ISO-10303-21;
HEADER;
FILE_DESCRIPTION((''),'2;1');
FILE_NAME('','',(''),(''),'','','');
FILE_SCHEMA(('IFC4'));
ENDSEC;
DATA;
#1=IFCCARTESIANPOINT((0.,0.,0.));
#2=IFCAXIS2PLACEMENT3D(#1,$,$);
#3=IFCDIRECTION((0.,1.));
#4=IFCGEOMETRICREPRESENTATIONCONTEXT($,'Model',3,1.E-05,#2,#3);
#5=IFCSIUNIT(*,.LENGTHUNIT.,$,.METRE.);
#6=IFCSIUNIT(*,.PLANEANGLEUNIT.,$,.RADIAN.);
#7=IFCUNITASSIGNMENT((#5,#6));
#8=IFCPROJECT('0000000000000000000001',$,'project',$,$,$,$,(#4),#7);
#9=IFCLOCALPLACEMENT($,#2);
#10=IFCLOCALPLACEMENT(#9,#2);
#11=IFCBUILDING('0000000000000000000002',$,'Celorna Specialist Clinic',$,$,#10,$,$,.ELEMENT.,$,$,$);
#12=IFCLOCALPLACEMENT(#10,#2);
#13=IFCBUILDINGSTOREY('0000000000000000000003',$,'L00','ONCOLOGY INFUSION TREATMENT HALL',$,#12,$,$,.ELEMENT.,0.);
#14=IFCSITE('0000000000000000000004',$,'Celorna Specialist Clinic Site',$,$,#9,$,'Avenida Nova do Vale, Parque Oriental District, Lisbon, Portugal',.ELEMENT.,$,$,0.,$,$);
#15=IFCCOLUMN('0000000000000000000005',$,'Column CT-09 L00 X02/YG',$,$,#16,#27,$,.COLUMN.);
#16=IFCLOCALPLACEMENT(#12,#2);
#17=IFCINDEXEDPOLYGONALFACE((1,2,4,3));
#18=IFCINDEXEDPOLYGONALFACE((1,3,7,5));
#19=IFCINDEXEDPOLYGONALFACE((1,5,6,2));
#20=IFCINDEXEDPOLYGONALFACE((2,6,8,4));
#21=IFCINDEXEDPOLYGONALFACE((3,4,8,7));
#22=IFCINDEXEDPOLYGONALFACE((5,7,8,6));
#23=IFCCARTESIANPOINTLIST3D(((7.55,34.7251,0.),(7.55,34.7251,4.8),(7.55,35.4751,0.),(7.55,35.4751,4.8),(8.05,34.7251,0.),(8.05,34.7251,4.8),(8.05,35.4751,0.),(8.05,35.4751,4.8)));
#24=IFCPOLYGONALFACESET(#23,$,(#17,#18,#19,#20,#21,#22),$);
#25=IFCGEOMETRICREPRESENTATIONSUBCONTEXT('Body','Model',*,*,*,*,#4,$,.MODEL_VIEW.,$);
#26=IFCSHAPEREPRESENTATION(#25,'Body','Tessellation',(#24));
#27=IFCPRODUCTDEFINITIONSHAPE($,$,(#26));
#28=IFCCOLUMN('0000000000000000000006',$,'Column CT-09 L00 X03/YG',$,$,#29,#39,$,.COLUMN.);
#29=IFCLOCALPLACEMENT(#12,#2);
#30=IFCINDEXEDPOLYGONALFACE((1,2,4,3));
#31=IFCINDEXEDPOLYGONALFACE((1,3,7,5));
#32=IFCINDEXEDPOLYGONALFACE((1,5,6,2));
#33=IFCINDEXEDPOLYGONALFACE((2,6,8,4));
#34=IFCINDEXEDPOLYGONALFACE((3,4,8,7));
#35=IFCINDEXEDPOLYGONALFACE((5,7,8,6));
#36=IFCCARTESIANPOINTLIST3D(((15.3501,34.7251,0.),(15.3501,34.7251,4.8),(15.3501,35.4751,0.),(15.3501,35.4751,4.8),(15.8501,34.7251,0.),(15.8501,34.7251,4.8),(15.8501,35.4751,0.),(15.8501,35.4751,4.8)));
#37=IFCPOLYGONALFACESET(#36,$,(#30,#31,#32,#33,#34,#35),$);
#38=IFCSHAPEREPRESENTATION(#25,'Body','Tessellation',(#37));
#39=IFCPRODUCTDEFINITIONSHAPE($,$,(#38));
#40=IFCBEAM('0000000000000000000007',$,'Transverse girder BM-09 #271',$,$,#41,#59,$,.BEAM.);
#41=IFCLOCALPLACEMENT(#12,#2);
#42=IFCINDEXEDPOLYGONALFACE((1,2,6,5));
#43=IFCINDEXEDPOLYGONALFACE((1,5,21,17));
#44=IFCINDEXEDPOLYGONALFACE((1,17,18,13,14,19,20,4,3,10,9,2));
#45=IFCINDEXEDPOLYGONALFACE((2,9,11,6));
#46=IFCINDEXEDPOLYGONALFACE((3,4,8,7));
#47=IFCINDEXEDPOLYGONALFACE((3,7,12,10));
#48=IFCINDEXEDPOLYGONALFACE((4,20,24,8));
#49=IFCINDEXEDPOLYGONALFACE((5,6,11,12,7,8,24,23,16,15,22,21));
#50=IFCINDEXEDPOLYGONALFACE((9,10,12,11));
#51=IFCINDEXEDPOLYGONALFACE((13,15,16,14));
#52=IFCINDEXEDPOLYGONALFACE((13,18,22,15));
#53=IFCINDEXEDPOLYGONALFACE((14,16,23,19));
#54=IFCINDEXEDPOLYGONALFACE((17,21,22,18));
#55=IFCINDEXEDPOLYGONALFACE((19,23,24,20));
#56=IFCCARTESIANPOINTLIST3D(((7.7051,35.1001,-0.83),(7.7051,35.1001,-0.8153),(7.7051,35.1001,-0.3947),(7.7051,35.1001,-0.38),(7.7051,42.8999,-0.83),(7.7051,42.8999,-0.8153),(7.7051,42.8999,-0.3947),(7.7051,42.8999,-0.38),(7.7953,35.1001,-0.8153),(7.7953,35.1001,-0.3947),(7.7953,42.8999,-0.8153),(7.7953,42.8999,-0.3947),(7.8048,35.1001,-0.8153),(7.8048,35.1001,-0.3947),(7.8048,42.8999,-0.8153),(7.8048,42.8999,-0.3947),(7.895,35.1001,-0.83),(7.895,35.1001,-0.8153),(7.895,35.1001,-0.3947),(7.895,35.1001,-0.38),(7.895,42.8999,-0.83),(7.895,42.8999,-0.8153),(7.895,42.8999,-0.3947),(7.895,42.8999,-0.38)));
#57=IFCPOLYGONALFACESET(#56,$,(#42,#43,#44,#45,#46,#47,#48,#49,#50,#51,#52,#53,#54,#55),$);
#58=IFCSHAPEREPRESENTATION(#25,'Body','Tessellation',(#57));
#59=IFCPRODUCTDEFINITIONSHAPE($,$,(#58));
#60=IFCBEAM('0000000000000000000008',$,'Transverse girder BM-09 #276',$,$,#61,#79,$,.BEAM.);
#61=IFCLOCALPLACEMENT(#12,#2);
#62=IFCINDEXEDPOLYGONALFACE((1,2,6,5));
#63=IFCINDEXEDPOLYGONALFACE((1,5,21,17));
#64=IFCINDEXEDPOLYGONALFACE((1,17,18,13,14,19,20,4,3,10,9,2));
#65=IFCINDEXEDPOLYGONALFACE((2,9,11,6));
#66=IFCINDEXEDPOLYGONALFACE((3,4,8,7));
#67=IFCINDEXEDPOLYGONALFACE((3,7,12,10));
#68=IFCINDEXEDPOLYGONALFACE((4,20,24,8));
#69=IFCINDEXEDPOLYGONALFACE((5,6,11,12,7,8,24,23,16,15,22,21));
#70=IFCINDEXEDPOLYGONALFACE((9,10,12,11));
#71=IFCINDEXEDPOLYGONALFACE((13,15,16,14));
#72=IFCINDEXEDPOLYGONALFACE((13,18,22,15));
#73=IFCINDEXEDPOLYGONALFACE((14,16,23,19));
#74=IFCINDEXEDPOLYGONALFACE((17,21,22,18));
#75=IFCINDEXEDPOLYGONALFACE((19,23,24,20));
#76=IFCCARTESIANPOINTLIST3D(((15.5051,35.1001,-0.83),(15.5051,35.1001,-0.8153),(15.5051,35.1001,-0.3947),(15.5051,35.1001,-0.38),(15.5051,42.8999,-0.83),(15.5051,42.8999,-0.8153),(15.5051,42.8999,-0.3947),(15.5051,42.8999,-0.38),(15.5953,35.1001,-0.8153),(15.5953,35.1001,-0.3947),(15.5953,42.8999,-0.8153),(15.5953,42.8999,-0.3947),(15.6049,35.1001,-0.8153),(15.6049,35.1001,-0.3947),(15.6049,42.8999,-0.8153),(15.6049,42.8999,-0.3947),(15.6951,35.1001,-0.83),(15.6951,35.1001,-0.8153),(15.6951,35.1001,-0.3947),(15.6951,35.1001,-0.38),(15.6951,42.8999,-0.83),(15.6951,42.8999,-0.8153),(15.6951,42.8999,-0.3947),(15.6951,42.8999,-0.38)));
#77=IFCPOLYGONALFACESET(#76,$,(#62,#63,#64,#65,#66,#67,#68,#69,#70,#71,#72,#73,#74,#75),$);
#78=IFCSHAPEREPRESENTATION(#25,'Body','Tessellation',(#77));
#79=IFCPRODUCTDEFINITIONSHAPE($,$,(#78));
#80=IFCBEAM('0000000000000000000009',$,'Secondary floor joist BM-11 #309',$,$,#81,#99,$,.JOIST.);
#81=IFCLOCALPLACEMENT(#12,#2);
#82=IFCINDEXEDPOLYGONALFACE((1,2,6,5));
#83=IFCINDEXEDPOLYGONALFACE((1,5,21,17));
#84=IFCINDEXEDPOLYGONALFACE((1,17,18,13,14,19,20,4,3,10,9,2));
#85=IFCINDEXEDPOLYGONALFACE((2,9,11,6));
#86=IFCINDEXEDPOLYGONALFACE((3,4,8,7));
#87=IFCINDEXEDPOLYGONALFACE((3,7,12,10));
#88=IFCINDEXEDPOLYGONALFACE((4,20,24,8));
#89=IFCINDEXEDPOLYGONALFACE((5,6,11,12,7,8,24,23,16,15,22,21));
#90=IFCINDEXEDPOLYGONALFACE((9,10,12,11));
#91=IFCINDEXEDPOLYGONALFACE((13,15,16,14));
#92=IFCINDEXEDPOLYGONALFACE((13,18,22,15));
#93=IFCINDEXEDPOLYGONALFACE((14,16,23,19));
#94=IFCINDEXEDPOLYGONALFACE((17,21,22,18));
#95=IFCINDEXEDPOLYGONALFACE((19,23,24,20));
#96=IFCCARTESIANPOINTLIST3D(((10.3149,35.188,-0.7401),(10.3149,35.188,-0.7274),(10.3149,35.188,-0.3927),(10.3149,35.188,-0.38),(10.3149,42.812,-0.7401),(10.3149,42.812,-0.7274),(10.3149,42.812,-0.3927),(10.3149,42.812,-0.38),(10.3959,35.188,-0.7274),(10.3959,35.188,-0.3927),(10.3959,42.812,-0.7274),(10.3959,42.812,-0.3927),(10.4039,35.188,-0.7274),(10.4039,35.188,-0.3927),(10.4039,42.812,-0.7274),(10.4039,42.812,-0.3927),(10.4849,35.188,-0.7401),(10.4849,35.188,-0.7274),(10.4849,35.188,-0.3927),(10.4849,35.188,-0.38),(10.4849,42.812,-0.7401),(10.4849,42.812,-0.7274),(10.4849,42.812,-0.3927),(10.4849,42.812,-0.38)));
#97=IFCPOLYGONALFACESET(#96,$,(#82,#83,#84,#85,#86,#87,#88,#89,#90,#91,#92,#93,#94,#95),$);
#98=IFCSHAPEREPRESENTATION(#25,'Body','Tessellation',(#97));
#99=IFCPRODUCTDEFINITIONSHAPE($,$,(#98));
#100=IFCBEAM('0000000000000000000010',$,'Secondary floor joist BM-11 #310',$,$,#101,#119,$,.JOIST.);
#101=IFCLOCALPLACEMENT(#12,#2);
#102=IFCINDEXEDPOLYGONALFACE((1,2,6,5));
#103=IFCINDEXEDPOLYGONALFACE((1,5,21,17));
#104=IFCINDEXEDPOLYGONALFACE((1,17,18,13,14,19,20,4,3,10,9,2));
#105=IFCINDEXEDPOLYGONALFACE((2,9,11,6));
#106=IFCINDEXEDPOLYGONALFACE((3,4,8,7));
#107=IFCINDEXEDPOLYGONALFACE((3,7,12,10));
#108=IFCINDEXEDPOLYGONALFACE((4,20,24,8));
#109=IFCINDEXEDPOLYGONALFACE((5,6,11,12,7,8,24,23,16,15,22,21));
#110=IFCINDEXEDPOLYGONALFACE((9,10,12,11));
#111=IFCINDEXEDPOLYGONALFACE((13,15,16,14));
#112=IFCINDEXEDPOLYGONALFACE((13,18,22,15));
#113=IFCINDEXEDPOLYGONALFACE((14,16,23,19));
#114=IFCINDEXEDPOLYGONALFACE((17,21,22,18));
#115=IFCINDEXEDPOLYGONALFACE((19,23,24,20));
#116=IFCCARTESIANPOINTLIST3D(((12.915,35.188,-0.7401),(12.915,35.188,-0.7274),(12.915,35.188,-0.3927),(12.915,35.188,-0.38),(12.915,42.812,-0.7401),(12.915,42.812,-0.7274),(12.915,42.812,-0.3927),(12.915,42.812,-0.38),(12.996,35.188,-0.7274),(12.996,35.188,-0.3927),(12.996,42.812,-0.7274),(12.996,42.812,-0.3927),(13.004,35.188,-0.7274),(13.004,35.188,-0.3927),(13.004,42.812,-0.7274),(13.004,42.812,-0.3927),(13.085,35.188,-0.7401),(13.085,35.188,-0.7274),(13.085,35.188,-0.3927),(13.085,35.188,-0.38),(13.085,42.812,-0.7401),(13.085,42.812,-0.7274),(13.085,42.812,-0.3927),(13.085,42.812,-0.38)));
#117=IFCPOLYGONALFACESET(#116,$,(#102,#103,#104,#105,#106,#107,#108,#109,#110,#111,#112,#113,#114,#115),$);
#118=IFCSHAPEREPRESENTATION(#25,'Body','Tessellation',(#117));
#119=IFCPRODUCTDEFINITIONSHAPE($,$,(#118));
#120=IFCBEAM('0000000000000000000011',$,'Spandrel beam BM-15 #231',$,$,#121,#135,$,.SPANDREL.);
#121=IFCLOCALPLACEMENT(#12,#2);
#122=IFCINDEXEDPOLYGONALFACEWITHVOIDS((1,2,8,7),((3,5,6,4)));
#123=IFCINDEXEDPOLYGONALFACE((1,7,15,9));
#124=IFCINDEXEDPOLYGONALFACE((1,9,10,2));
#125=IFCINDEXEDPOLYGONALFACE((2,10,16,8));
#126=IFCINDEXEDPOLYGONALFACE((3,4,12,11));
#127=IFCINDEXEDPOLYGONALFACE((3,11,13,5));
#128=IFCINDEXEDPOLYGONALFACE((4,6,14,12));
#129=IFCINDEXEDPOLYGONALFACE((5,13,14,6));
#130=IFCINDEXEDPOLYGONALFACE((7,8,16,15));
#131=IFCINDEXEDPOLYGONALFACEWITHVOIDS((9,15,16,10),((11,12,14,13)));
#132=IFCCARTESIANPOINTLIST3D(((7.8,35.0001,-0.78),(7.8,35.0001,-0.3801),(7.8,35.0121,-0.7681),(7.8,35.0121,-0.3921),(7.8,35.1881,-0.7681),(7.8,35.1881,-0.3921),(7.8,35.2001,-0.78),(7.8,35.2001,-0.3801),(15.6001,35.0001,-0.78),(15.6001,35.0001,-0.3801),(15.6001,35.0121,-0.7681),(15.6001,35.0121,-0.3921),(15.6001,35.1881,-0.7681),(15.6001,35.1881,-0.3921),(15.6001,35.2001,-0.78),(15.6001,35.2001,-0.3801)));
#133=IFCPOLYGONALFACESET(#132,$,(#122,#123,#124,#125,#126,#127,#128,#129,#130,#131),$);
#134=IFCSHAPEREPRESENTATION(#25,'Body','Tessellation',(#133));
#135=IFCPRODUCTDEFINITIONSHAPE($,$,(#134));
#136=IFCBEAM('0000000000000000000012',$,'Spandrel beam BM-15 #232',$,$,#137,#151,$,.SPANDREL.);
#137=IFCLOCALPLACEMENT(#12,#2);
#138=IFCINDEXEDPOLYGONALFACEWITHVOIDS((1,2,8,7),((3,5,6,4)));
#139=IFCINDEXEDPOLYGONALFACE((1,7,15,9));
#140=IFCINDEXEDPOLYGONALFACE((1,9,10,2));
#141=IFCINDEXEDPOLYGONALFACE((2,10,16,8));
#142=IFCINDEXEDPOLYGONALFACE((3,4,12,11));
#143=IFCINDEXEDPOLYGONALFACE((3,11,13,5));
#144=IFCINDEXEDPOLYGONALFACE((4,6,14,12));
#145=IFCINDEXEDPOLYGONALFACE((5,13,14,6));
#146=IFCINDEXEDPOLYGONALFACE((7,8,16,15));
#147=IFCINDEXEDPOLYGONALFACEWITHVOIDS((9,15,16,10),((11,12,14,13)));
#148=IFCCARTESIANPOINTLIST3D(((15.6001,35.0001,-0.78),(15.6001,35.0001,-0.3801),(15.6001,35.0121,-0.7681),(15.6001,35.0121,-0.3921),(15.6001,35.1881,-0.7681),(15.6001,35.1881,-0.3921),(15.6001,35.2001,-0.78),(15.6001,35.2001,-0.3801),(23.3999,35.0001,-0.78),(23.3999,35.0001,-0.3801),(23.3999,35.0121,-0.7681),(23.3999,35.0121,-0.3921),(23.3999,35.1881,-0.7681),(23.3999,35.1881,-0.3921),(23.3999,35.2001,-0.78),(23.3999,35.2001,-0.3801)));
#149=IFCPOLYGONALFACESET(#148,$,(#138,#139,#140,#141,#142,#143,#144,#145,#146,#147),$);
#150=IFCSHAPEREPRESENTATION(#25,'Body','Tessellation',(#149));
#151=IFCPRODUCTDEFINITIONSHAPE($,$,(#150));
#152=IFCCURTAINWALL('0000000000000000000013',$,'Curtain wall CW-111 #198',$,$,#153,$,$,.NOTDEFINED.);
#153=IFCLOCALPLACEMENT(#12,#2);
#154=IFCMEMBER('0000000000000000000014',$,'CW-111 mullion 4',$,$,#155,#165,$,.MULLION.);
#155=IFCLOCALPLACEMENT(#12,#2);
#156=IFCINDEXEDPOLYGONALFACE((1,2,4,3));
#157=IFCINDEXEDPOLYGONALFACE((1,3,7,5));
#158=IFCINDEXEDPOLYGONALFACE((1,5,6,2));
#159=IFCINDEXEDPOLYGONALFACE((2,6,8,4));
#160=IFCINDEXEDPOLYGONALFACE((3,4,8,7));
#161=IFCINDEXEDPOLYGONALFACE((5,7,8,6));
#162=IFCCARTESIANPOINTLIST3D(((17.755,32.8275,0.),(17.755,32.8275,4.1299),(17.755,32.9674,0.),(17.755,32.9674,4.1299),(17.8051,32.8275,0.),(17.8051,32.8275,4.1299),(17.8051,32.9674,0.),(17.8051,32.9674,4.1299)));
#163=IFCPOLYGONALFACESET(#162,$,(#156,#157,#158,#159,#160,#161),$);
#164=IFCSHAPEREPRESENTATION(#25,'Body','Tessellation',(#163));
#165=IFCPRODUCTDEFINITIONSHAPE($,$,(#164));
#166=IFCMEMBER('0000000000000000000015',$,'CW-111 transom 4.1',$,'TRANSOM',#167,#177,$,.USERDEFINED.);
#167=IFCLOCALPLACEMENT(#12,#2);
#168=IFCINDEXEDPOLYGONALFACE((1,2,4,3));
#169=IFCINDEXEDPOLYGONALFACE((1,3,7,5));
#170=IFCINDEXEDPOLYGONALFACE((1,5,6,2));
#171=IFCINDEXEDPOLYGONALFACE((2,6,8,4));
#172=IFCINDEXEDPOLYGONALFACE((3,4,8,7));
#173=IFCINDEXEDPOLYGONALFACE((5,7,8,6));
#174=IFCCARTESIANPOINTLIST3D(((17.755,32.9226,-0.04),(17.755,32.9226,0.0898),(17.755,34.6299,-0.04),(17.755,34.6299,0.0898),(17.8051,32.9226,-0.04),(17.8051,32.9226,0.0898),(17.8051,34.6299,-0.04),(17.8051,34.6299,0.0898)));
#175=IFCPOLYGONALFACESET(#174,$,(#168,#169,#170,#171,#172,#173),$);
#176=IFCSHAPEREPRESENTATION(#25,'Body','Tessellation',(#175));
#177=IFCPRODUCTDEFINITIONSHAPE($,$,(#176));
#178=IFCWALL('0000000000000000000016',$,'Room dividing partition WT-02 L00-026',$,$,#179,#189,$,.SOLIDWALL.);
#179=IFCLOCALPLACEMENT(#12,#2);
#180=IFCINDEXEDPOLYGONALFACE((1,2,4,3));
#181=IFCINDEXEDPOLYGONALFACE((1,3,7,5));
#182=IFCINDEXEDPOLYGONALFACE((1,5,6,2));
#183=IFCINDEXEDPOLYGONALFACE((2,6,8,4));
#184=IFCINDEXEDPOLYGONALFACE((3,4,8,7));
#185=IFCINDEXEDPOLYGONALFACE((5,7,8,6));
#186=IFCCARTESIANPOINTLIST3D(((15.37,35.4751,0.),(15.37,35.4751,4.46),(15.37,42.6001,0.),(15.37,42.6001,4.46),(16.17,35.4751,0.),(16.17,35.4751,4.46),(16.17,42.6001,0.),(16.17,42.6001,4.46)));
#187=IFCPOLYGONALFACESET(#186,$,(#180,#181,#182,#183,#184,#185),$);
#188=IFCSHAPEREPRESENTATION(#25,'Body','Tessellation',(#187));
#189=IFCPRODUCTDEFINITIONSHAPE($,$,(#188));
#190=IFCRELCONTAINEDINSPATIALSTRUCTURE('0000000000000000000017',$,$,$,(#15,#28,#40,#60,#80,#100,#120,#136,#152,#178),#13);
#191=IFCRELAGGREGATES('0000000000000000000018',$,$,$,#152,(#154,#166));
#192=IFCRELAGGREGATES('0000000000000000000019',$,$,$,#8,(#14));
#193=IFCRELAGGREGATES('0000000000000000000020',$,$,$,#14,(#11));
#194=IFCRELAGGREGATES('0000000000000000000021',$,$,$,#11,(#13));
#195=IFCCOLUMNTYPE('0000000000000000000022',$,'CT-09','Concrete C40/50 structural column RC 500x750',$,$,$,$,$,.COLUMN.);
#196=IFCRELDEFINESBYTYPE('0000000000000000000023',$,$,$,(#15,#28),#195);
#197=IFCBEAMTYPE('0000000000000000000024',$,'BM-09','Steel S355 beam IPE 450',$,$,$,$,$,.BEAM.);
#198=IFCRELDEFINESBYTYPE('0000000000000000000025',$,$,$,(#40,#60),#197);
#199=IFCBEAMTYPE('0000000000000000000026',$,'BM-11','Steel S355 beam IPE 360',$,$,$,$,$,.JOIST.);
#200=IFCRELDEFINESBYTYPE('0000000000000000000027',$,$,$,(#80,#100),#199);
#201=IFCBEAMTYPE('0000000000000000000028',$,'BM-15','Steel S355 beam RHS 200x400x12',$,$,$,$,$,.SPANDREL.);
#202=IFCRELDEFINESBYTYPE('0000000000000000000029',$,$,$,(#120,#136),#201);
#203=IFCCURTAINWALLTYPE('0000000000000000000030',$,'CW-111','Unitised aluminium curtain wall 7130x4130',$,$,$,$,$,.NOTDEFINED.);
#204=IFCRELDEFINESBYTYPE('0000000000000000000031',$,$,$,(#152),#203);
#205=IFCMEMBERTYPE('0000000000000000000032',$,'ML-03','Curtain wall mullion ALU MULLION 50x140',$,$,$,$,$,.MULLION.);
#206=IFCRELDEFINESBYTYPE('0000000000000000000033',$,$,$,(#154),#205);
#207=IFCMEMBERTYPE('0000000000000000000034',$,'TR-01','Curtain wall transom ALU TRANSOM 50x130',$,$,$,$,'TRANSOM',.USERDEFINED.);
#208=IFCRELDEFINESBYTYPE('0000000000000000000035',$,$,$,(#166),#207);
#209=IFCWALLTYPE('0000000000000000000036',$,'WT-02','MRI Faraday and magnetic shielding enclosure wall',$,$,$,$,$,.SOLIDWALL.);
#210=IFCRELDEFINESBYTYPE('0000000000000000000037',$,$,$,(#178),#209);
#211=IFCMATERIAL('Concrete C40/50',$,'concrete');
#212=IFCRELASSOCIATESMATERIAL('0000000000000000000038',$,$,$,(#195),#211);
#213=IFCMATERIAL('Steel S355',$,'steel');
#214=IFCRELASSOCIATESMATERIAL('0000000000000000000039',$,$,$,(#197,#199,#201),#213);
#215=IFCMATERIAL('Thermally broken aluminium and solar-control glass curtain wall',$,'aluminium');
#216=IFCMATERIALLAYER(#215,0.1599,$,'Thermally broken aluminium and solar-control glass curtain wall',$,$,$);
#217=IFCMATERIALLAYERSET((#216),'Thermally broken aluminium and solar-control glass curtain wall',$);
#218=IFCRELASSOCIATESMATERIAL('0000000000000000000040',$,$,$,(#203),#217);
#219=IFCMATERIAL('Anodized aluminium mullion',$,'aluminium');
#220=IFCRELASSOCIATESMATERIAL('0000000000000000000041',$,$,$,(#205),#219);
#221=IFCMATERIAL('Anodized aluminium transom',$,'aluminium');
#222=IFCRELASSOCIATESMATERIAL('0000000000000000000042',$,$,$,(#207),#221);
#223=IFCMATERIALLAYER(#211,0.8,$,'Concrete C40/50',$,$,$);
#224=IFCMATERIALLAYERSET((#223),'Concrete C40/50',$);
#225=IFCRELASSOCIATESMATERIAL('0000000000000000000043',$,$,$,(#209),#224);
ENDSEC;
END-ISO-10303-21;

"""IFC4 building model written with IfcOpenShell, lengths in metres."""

from ifc_helpers import new_model, si_unit, direction, frame, frame_2d, origin, origin_2d, place, context, subcontext, project, spatial, rectangle, hollow_rectangle, i_section, extrude, material, layer, layer_set, material_profile, profile_set, type_object, element, aggregate, save


model = new_model("IFC4")

# Units and contexts
model_context = context("Model", 3, precision=1e-05, world=origin(), true_north=direction((0.0, 1.0)))
body_context = subcontext(model_context, "Body", "Model", "MODEL_VIEW")
ifc_project = project(units=[si_unit("LENGTHUNIT", "METRE"), si_unit("PLANEANGLEUNIT", "RADIAN")], contexts=[model_context])

# Site, building, storey
site_placement = place(None, origin())
site = spatial("IfcSite", under=ifc_project, at=site_placement, Name="Celorna Specialist Clinic Site", LongName="Avenida Nova do Vale, Parque Oriental District, Lisbon, Portugal", CompositionType="ELEMENT", RefElevation=0.0)
building_placement = place(site_placement, origin())
building = spatial("IfcBuilding", under=site, at=building_placement, Name="Celorna Specialist Clinic", CompositionType="ELEMENT")
storey_placement = place(building_placement, origin())
storey = spatial("IfcBuildingStorey", under=building, at=storey_placement, Name="L00", Description="ONCOLOGY INFUSION TREATMENT HALL", CompositionType="ELEMENT", Elevation=0.0)

# Columns
ifc_material_1 = material(Name="Concrete C40/50", Category="concrete")
ifc_material_profile_1 = material_profile(ifc_material_1, rectangle(XDim=0.5, YDim=0.75, at=origin_2d()), Name="RC 500x750")
ifc_profile_set_1 = profile_set([ifc_material_profile_1], Name="Concrete C40/50")
column_type = type_object("IfcColumnType", Name="CT-09", Description="Concrete C40/50 structural column RC 500x750", PredefinedType="COLUMN", material=ifc_profile_set_1)
for number, where, z_axis, x_axis, name in (
    (1, (7.8, 35.1001, 0.0), (0.0, 0.0, 1.0), (1.0, 0.0, 0.0), "Column CT-09 L00 X02/YG"),
    (2, (15.6001, 35.1001, 0.0), (0.0, 0.0, 1.0), (1.0, 0.0, 0.0), "Column CT-09 L00 X03/YG"),
):
    element("IfcColumn", number, at=place(storey_placement, frame(where, z_axis=z_axis, x_axis=x_axis)), inside=storey, type_object=column_type, Name=name, PredefinedType="COLUMN", context=body_context, shape_type="SweptSolid", body=[
        extrude(rectangle(XDim=0.5, YDim=0.75, at=origin_2d()), origin(), (0.0, 0.0, 1.0), 4.8),
    ])

# Beams
ifc_material_2 = material(Name="Steel S355", Category="steel")
ifc_material_profile_2 = material_profile(ifc_material_2, i_section(OverallWidth=0.1899, OverallDepth=0.45, WebThickness=0.0095, FlangeThickness=0.0146, at=origin_2d()), Name="IPE 450")
ifc_profile_set_2 = profile_set([ifc_material_profile_2], Name="Steel S355")
beam_type_1 = type_object("IfcBeamType", Name="BM-09", Description="Steel S355 beam IPE 450", PredefinedType="BEAM", material=ifc_profile_set_2)
for number, where, z_axis, x_axis, name in (
    (3, (7.8, 35.1001, -0.605), (0.0, 1.0, 0.0), (-1.0, 0.0, 0.0), "Transverse girder BM-09 #271"),
    (4, (15.6001, 35.1001, -0.605), (0.0, 1.0, 0.0), (-1.0, 0.0, 0.0), "Transverse girder BM-09 #276"),
):
    element("IfcBeam", number, at=place(storey_placement, frame(where, z_axis=z_axis, x_axis=x_axis)), inside=storey, type_object=beam_type_1, Name=name, PredefinedType="BEAM", context=body_context, shape_type="SweptSolid", body=[
        extrude(i_section(OverallWidth=0.1899, OverallDepth=0.45, WebThickness=0.0095, FlangeThickness=0.0146, at=origin_2d()), origin(), (0.0, 0.0, 1.0), 7.7998),
    ])
ifc_material_profile_3 = material_profile(ifc_material_2, i_section(OverallWidth=0.1699, OverallDepth=0.3601, WebThickness=0.0081, FlangeThickness=0.0127, at=origin_2d()), Name="IPE 360")
ifc_profile_set_3 = profile_set([ifc_material_profile_3], Name="Steel S355")
beam_type_2 = type_object("IfcBeamType", Name="BM-11", Description="Steel S355 beam IPE 360", PredefinedType="JOIST", material=ifc_profile_set_3)
for number, where, z_axis, x_axis, name in (
    (5, (10.3999, 35.188, -0.5601), (0.0, 1.0, 0.0), (-1.0, 0.0, 0.0), "Secondary floor joist BM-11 #309"),
    (6, (13.0, 35.188, -0.5601), (0.0, 1.0, 0.0), (-1.0, 0.0, 0.0), "Secondary floor joist BM-11 #310"),
):
    element("IfcBeam", number, at=place(storey_placement, frame(where, z_axis=z_axis, x_axis=x_axis)), inside=storey, type_object=beam_type_2, Name=name, PredefinedType="JOIST", context=body_context, shape_type="SweptSolid", body=[
        extrude(i_section(OverallWidth=0.1699, OverallDepth=0.3601, WebThickness=0.0081, FlangeThickness=0.0127, at=origin_2d()), origin(), (0.0, 0.0, 1.0), 7.624),
    ])
ifc_material_profile_4 = material_profile(ifc_material_2, hollow_rectangle(XDim=0.2, YDim=0.3999, WallThickness=0.012, at=origin_2d()), Name="RHS 200x400x12")
ifc_profile_set_4 = profile_set([ifc_material_profile_4], Name="Steel S355")
beam_type_3 = type_object("IfcBeamType", Name="BM-15", Description="Steel S355 beam RHS 200x400x12", PredefinedType="SPANDREL", material=ifc_profile_set_4)
beam_1_placement = place(storey_placement, frame((7.8, 35.1001, -0.5801), z_axis=(1.0, 0.0, 0.0), x_axis=(0.0, 1.0, 0.0)))
element("IfcBeam", 7, at=beam_1_placement, inside=storey, type_object=beam_type_3, Name="Spandrel beam BM-15 #231", PredefinedType="SPANDREL", context=body_context, shape_type="SweptSolid", body=[
    extrude(hollow_rectangle(XDim=0.2, YDim=0.3999, WallThickness=0.012, at=origin_2d()), origin(), (0.0, 0.0, 1.0), 7.8),
])
beam_2_placement = place(storey_placement, frame((15.6001, 35.1001, -0.5801), z_axis=(1.0, 0.0, 0.0), x_axis=(0.0, 1.0, 0.0)))
element("IfcBeam", 8, at=beam_2_placement, inside=storey, type_object=beam_type_3, Name="Spandrel beam BM-15 #232", PredefinedType="SPANDREL", context=body_context, shape_type="SweptSolid", body=[
    extrude(hollow_rectangle(XDim=0.2, YDim=0.3999, WallThickness=0.012, at=origin_2d()), origin(), (0.0, 0.0, 1.0), 7.7998),
])

# Curtain wall, members
ifc_material_3 = material(Name="Thermally broken aluminium and solar-control glass curtain wall", Category="aluminium")
ifc_layer_1 = layer(ifc_material_3, 0.1599, Name="Thermally broken aluminium and solar-control glass curtain wall")
ifc_layer_set_1 = layer_set([ifc_layer_1], Name="Thermally broken aluminium and solar-control glass curtain wall")
curtain_wall_type = type_object("IfcCurtainWallType", Name="CW-111", Description="Unitised aluminium curtain wall 7130x4130", PredefinedType="NOTDEFINED", material=ifc_layer_set_1)
curtain_wall_placement = place(storey_placement, origin())
curtain_wall = element("IfcCurtainWall", 9, at=curtain_wall_placement, inside=storey, type_object=curtain_wall_type, Name="Curtain wall CW-111 #198", PredefinedType="NOTDEFINED")
ifc_material_4 = material(Name="Anodized aluminium mullion", Category="aluminium")
ifc_material_profile_5 = material_profile(ifc_material_4, rectangle(XDim=0.05, YDim=0.1399, at=origin_2d()), Name="ALU MULLION 50x140")
ifc_profile_set_5 = profile_set([ifc_material_profile_5], Name="Anodized aluminium mullion")
member_type_1 = type_object("IfcMemberType", Name="ML-03", Description="Curtain wall mullion ALU MULLION 50x140", PredefinedType="MULLION", material=ifc_profile_set_5)
member_1_placement = place(storey_placement, frame((17.78, 32.8975, 0.0), z_axis=(0.0, 0.0, 1.0), x_axis=(-1.0, 0.0, 0.0)))
member_1 = element("IfcMember", 10, at=member_1_placement, type_object=member_type_1, Name="CW-111 mullion 4", PredefinedType="MULLION", context=body_context, shape_type="SweptSolid", body=[
    extrude(rectangle(XDim=0.05, YDim=0.1399, at=origin_2d()), origin(), (0.0, 0.0, 1.0), 4.1299),
])
ifc_material_5 = material(Name="Anodized aluminium transom", Category="aluminium")
ifc_material_profile_6 = material_profile(ifc_material_5, rectangle(XDim=0.05, YDim=0.1299, at=origin_2d()), Name="ALU TRANSOM 50x130")
ifc_profile_set_6 = profile_set([ifc_material_profile_6], Name="Anodized aluminium transom")
member_type_2 = type_object("IfcMemberType", Name="TR-01", Description="Curtain wall transom ALU TRANSOM 50x130", ElementType="TRANSOM", PredefinedType="USERDEFINED", material=ifc_profile_set_6)
member_2_placement = place(storey_placement, frame((17.78, 32.9226, 0.0249), z_axis=(0.0, 1.0, 0.0), x_axis=(-1.0, 0.0, 0.0)))
member_2 = element("IfcMember", 11, at=member_2_placement, type_object=member_type_2, Name="CW-111 transom 4.1", ObjectType="TRANSOM", PredefinedType="USERDEFINED", context=body_context, shape_type="SweptSolid", body=[
    extrude(rectangle(XDim=0.05, YDim=0.1299, at=origin_2d()), origin(), (0.0, 0.0, 1.0), 1.7073),
])
aggregate(curtain_wall, [member_1, member_2])

# Wall
ifc_layer_2 = layer(ifc_material_1, 0.8, Name="Concrete C40/50")
ifc_layer_set_2 = layer_set([ifc_layer_2], Name="Concrete C40/50")
wall_type_1 = type_object("IfcWallType", Name="WT-02", Description="MRI Faraday and magnetic shielding enclosure wall", PredefinedType="SOLIDWALL", material=ifc_layer_set_2)
wall_1_placement = place(storey_placement, frame((15.77, 35.4751, 0.0), z_axis=(0.0, 0.0, 1.0), x_axis=(0.0, 1.0, 0.0)))
element("IfcWall", 12, at=wall_1_placement, inside=storey, type_object=wall_type_1, Name="Room dividing partition WT-02 L00-026", PredefinedType="SOLIDWALL", context=body_context, shape_type="SweptSolid", body=[
    extrude(rectangle(XDim=7.125, YDim=0.8, at=frame_2d((3.5625, 0.0))), origin(), (0.0, 0.0, 1.0), 4.46),
])

save(model, "model.ifc")
